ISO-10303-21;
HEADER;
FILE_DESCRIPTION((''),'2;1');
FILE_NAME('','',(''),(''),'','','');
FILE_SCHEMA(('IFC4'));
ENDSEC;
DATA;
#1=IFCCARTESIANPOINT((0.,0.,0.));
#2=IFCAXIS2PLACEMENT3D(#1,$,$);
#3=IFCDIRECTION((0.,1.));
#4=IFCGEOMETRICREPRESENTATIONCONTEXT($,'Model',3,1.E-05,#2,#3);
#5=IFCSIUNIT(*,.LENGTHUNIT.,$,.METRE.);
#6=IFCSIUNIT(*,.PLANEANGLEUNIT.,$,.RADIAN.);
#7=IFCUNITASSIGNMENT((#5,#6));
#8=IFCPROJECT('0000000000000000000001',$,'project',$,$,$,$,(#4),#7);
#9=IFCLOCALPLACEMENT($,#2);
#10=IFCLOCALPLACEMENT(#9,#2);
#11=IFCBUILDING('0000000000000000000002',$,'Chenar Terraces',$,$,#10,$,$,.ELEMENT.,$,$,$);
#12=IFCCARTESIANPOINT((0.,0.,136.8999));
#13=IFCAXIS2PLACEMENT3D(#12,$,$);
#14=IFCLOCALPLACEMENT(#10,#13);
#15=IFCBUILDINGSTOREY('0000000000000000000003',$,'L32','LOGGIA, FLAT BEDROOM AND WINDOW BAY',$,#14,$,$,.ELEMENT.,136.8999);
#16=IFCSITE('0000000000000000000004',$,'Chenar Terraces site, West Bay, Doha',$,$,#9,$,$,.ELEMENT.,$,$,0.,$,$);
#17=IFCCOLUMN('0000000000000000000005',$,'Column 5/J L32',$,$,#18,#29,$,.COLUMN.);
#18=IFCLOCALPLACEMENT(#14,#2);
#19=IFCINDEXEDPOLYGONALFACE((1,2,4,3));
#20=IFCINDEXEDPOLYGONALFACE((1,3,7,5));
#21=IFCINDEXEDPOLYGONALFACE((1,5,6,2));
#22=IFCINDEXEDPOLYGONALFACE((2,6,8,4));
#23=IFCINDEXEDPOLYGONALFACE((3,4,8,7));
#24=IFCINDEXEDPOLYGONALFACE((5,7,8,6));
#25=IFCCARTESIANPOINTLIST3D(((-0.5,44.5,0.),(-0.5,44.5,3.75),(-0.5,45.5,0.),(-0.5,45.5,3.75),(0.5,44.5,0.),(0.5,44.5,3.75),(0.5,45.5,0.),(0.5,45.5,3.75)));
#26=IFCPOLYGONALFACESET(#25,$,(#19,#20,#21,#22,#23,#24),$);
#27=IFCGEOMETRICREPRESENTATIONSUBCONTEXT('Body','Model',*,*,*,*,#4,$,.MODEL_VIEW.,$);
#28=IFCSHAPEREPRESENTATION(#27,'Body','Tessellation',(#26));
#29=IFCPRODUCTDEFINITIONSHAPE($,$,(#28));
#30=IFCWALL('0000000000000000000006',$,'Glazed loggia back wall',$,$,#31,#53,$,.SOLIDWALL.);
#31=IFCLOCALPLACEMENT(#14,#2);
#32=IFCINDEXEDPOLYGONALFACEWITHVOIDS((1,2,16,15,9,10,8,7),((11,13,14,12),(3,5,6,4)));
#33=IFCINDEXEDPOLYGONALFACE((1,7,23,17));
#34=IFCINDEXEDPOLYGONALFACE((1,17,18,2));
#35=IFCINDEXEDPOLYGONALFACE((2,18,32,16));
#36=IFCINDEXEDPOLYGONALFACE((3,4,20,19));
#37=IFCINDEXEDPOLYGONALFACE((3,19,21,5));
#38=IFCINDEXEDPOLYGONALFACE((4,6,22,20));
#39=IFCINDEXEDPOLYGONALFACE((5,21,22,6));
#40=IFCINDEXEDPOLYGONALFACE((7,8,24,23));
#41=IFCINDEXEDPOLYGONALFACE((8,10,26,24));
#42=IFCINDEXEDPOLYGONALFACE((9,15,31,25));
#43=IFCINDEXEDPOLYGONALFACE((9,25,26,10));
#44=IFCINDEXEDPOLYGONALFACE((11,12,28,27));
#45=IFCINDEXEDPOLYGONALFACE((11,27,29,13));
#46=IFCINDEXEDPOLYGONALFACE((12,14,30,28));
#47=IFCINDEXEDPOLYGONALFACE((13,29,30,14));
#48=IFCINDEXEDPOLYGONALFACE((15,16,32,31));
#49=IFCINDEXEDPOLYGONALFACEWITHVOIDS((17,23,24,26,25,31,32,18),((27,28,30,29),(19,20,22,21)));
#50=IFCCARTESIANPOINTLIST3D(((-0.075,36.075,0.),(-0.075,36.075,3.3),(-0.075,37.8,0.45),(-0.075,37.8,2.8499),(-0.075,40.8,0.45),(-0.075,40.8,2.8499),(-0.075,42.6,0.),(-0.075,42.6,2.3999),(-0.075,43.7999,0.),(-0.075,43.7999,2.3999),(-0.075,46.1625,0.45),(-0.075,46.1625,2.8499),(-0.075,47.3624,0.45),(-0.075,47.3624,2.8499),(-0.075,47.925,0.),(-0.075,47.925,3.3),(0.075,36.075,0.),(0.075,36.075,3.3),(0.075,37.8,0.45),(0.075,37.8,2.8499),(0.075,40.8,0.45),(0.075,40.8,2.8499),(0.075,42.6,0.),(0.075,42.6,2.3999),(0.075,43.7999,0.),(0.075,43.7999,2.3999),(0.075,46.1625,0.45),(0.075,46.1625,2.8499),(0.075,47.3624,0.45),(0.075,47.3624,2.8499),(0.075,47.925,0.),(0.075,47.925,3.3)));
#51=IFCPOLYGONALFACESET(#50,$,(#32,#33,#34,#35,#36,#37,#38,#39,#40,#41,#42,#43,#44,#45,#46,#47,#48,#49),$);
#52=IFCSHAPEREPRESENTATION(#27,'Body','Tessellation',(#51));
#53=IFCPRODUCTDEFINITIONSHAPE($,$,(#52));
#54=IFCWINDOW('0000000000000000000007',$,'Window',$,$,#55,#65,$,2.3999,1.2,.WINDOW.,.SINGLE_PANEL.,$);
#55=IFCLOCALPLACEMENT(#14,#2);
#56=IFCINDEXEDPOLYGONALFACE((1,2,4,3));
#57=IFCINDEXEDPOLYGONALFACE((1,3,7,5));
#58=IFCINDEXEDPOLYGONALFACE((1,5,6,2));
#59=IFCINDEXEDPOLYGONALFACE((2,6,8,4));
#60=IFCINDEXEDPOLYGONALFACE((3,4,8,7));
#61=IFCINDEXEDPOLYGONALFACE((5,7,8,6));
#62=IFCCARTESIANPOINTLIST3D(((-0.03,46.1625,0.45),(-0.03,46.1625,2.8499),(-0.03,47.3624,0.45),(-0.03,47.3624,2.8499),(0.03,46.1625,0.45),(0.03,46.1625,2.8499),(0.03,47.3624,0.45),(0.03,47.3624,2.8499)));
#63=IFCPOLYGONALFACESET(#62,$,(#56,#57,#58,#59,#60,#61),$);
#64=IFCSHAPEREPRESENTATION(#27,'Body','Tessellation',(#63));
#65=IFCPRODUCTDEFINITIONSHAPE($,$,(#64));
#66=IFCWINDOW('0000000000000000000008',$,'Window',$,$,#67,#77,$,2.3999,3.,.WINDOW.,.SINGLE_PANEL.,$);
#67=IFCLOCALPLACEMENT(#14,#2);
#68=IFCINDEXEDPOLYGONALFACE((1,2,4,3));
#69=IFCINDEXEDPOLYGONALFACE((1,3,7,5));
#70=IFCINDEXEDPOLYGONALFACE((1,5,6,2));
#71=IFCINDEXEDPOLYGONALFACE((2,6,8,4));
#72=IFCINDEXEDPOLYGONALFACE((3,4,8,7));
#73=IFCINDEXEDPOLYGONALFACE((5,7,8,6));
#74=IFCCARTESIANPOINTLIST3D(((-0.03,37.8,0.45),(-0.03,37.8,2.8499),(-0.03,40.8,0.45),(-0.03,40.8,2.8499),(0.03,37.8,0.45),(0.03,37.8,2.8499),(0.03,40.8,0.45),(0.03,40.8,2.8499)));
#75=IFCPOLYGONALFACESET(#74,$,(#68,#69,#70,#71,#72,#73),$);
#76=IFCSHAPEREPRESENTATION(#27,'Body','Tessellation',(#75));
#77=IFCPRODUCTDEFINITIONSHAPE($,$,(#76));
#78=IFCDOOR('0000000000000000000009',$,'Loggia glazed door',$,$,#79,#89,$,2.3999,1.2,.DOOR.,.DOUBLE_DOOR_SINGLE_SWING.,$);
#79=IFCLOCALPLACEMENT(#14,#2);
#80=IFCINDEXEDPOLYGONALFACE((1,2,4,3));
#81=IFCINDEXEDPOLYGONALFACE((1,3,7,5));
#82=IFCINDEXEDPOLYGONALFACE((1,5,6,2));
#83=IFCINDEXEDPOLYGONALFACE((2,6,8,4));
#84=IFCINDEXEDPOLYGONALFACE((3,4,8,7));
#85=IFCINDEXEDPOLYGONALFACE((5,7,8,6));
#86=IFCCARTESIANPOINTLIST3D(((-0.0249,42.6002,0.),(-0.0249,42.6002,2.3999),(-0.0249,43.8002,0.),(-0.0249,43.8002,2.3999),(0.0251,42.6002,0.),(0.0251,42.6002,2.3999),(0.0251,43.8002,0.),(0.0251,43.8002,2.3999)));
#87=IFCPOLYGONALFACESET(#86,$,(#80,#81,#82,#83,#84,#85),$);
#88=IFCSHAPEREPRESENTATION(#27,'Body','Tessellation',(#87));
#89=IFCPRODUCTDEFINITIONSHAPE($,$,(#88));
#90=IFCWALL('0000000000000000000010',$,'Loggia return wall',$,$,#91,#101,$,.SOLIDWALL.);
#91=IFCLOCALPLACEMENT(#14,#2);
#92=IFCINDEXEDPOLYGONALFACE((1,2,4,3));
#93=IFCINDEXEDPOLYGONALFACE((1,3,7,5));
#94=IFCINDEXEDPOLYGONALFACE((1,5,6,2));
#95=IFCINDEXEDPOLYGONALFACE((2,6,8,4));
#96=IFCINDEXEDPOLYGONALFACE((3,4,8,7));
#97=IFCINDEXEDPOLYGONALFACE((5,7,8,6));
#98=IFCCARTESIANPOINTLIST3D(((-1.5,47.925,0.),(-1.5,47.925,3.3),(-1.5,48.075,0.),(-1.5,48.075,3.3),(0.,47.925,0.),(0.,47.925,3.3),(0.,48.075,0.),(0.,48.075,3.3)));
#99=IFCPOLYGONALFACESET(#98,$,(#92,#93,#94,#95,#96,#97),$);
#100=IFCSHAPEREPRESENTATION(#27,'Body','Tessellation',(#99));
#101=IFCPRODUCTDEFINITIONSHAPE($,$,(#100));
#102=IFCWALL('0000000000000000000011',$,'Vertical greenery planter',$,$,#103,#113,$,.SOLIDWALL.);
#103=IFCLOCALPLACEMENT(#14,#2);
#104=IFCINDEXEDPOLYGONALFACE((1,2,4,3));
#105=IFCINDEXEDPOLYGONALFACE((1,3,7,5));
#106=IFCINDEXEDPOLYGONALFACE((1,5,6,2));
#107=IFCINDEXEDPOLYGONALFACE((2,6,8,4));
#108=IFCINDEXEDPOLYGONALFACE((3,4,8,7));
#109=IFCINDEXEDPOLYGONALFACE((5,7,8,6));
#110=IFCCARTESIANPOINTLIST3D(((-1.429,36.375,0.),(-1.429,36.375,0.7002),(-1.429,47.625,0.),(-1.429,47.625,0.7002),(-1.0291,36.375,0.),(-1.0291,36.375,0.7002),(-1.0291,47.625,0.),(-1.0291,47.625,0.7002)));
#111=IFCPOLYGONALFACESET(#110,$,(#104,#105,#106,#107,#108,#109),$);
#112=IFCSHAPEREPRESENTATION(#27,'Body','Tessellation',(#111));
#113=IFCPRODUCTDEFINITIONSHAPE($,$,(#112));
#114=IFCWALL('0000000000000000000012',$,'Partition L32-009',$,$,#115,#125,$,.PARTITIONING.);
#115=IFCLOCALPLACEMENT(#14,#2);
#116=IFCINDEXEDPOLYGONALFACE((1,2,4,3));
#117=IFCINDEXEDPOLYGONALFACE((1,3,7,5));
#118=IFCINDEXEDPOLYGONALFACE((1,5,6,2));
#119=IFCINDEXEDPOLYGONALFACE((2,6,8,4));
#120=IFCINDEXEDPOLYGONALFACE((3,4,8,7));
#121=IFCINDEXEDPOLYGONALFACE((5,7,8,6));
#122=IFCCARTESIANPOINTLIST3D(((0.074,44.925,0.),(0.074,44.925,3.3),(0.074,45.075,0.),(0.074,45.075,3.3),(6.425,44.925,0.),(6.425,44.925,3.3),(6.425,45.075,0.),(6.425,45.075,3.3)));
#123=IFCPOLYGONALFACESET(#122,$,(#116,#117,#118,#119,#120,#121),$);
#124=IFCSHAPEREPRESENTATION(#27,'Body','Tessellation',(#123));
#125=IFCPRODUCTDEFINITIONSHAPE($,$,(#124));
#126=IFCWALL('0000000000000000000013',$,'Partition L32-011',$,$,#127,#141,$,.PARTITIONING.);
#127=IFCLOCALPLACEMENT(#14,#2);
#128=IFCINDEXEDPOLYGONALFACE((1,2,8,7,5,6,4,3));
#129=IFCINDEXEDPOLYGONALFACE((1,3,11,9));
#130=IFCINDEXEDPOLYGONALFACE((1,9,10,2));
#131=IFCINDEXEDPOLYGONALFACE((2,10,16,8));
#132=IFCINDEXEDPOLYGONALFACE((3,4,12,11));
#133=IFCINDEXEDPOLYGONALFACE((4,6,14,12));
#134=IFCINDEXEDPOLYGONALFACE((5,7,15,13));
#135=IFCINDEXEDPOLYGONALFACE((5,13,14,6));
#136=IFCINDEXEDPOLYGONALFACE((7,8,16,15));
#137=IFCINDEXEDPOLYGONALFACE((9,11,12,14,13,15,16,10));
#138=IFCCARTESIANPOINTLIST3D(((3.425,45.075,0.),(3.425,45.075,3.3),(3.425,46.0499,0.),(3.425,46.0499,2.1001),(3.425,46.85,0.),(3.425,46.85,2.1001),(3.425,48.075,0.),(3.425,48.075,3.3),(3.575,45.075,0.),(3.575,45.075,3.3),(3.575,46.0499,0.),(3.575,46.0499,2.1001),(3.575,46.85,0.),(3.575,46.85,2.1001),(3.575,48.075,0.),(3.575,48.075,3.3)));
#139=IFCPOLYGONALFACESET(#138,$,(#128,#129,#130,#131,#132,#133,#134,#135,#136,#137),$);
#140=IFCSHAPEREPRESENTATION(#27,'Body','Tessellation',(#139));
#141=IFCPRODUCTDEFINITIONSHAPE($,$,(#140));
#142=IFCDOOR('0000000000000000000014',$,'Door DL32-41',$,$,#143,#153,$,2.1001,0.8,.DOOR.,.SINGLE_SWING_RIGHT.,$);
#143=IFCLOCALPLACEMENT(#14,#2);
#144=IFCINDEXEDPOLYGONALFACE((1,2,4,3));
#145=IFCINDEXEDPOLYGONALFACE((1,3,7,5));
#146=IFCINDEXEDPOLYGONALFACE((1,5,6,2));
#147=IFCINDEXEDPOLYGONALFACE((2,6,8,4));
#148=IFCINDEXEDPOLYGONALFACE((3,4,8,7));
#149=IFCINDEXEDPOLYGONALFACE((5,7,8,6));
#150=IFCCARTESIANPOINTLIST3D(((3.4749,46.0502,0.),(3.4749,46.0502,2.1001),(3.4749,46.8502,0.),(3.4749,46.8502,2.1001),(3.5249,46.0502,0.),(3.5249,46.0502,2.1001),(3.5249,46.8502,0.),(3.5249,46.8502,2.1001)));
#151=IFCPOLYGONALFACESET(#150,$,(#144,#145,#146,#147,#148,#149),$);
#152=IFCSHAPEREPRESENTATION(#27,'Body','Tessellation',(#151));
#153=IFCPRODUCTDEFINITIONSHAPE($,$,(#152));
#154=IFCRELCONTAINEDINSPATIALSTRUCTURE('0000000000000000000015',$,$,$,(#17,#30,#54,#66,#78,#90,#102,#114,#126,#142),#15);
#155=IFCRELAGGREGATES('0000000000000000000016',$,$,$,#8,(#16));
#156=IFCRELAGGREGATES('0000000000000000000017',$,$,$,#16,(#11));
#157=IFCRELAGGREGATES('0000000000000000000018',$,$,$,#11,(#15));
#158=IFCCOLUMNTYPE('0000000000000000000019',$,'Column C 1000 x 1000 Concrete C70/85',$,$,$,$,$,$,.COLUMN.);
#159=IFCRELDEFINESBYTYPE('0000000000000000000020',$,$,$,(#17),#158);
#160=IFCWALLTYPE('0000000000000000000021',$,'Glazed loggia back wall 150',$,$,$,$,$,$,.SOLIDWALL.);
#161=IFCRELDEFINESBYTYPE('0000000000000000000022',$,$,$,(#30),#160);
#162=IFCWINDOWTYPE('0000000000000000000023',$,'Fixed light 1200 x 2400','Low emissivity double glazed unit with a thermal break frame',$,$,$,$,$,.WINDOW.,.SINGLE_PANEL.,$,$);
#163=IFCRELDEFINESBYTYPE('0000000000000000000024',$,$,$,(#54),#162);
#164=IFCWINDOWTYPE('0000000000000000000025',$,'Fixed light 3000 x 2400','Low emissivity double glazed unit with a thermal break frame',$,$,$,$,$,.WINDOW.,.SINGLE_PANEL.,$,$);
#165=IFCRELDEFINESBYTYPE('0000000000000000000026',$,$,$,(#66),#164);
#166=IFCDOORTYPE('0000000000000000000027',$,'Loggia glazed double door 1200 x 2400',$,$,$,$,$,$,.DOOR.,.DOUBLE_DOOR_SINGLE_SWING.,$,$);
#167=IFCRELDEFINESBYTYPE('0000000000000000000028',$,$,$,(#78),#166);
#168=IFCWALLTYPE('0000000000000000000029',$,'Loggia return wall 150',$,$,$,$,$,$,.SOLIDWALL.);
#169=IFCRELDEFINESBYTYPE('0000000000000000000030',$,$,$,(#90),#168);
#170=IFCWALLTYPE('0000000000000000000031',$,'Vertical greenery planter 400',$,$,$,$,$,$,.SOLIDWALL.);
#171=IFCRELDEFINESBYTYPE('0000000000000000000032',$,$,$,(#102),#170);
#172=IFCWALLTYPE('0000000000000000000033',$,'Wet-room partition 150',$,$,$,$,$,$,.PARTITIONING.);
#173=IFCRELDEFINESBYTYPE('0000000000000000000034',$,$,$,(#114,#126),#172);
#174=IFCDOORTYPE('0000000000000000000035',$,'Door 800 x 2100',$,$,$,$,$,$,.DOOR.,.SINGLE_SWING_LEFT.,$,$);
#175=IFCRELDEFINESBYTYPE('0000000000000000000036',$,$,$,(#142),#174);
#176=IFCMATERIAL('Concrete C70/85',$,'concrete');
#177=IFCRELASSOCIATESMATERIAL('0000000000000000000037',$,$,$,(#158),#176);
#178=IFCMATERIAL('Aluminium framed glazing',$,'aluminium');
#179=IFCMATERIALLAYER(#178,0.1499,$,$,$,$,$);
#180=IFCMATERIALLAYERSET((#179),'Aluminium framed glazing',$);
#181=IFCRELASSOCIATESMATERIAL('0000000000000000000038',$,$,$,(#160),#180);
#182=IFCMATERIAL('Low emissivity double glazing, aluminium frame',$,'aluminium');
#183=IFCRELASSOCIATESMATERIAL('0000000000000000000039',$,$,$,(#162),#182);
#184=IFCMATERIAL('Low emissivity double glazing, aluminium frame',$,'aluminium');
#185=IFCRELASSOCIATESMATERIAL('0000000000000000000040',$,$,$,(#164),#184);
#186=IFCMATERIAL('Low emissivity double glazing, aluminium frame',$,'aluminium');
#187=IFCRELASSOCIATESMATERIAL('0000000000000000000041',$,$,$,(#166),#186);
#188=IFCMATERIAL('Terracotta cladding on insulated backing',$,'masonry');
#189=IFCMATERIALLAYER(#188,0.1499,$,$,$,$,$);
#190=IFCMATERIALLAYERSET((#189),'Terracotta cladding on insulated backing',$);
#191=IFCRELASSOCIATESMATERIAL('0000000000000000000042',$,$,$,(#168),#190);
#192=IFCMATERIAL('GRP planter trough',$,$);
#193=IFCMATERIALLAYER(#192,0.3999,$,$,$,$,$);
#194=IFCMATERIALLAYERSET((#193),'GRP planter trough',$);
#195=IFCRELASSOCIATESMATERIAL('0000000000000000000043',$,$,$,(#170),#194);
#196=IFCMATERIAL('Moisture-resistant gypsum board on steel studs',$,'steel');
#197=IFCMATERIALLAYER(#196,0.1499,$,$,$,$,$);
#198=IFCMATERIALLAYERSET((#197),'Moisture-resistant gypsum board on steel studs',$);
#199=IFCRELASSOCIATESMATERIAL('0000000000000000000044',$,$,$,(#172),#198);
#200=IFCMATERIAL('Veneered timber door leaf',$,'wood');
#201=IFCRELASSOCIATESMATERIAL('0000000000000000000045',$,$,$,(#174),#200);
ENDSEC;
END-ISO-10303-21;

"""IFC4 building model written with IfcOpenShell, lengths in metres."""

from ifc_helpers import new_model, si_unit, direction, frame, frame_2d, origin, origin_2d, place, context, subcontext, project, spatial, rectangle, extrude, material, layer, layer_set, material_profile, profile_set, type_object, element, fill, save


model = new_model("IFC4")

# Units and contexts
model_context = context("Model", 3, precision=1e-05, world=origin(), true_north=direction((0.0, 1.0)))
body_context = subcontext(model_context, "Body", "Model", "MODEL_VIEW")
ifc_project = project(units=[si_unit("LENGTHUNIT", "METRE"), si_unit("PLANEANGLEUNIT", "RADIAN")], contexts=[model_context])

# Site, building, storey
site_placement = place(None, origin())
site = spatial("IfcSite", under=ifc_project, at=site_placement, Name="Chenar Terraces site, West Bay, Doha", CompositionType="ELEMENT", RefElevation=0.0)
building_placement = place(site_placement, origin())
building = spatial("IfcBuilding", under=site, at=building_placement, Name="Chenar Terraces", CompositionType="ELEMENT")
storey_placement = place(building_placement, frame((0.0, 0.0, 136.8999)))
storey = spatial("IfcBuildingStorey", under=building, at=storey_placement, Name="L32", Description="LOGGIA, FLAT BEDROOM AND WINDOW BAY", CompositionType="ELEMENT", Elevation=136.8999)

# Column
ifc_material_1 = material(Name="Concrete C70/85", Category="concrete")
ifc_material_profile = material_profile(ifc_material_1, rectangle(XDim=1.0, YDim=1.0, at=origin_2d()), Name="C 1000 x 1000")
ifc_profile_set = profile_set([ifc_material_profile], Name="Concrete C70/85")
column_type = type_object("IfcColumnType", Name="Column C 1000 x 1000 Concrete C70/85", PredefinedType="COLUMN", material=ifc_profile_set)
column_placement = place(storey_placement, frame((0.0, 45.0, 0.0), z_axis=(0.0, 0.0, 1.0), x_axis=(1.0, 0.0, 0.0)))
element("IfcColumn", 1, at=column_placement, inside=storey, type_object=column_type, Name="Column 5/J L32", PredefinedType="COLUMN", context=body_context, shape_type="SweptSolid", body=[
    extrude(rectangle(XDim=1.0, YDim=1.0, at=origin_2d()), origin(), (0.0, 0.0, 1.0), 3.75),
])

# Wall, openings, windows, door
ifc_material_2 = material(Name="Aluminium framed glazing", Category="aluminium")
ifc_layer_1 = layer(ifc_material_2, 0.1499)
ifc_layer_set_1 = layer_set([ifc_layer_1], Name="Aluminium framed glazing")
wall_type_1 = type_object("IfcWallType", Name="Glazed loggia back wall 150", PredefinedType="SOLIDWALL", material=ifc_layer_set_1)
wall_1_placement = place(storey_placement, frame((0.0, 47.925, 0.0), z_axis=(0.0, 0.0, 1.0), x_axis=(0.0, -1.0, 0.0)))
wall_1 = element("IfcWall", 2, at=wall_1_placement, inside=storey, type_object=wall_type_1, Name="Glazed loggia back wall", PredefinedType="SOLIDWALL", context=body_context, shape_type="SweptSolid", body=[
    extrude(rectangle(XDim=11.8501, YDim=0.1499, at=frame_2d((5.925, 0.0))), origin(), (0.0, 0.0, 1.0), 3.3),
])
opening_1_placement = place(wall_1_placement, frame((0.5625, 0.0, 0.45)))
opening_1 = element("IfcOpeningElement", 3, at=opening_1_placement, cuts=wall_1, PredefinedType="OPENING", context=body_context, shape_type="SweptSolid", body=[
    extrude(rectangle(XDim=1.2, YDim=2.3999, at=frame_2d((0.6001, 1.2))), frame((0.0, 0.085, 0.0), z_axis=(0.0, -1.0, 0.0), x_axis=(1.0, 0.0, 0.0)), (0.0, 0.0, 1.0), 0.1699),
])
opening_2_placement = place(wall_1_placement, frame((4.125, 0.0, 0.0)))
opening_2 = element("IfcOpeningElement", 4, at=opening_2_placement, cuts=wall_1, PredefinedType="OPENING", context=body_context, shape_type="SweptSolid", body=[
    extrude(rectangle(XDim=1.2, YDim=2.3999, at=frame_2d((0.6001, 1.2))), frame((0.0, 0.085, 0.0), z_axis=(0.0, -1.0, 0.0), x_axis=(1.0, 0.0, 0.0)), (0.0, 0.0, 1.0), 0.1699),
])
opening_3_placement = place(wall_1_placement, frame((7.125, 0.0, 0.45)))
opening_3 = element("IfcOpeningElement", 5, at=opening_3_placement, cuts=wall_1, PredefinedType="OPENING", context=body_context, shape_type="SweptSolid", body=[
    extrude(rectangle(XDim=3.0, YDim=2.3999, at=frame_2d((1.5, 1.2))), frame((0.0, 0.085, 0.0), z_axis=(0.0, -1.0, 0.0), x_axis=(1.0, 0.0, 0.0)), (0.0, 0.0, 1.0), 0.1699),
])
ifc_material_3 = material(Name="Low emissivity double glazing, aluminium frame", Category="aluminium")
window_type_1 = type_object("IfcWindowType", Name="Fixed light 1200 x 2400", Description="Low emissivity double glazed unit with a thermal break frame", PartitioningType="SINGLE_PANEL", PredefinedType="WINDOW", material=ifc_material_3)
window_1_placement = place(opening_1_placement, origin())
window_1 = element("IfcWindow", 6, at=window_1_placement, inside=storey, type_object=window_type_1, Name="Window", OverallHeight=2.3999, OverallWidth=1.2, PartitioningType="SINGLE_PANEL", PredefinedType="WINDOW", context=body_context, shape_type="SweptSolid", body=[
    extrude(rectangle(XDim=1.2, YDim=2.3999, at=frame_2d((0.6001, 1.2))), frame((0.0, 0.03, 0.0), z_axis=(0.0, -1.0, 0.0), x_axis=(1.0, 0.0, 0.0)), (0.0, 0.0, 1.0), 0.0601),
])
fill(opening_1, window_1)
ifc_material_4 = material(Name="Low emissivity double glazing, aluminium frame", Category="aluminium")
window_type_2 = type_object("IfcWindowType", Name="Fixed light 3000 x 2400", Description="Low emissivity double glazed unit with a thermal break frame", PartitioningType="SINGLE_PANEL", PredefinedType="WINDOW", material=ifc_material_4)
window_2_placement = place(opening_3_placement, origin())
window_2 = element("IfcWindow", 7, at=window_2_placement, inside=storey, type_object=window_type_2, Name="Window", OverallHeight=2.3999, OverallWidth=3.0, PartitioningType="SINGLE_PANEL", PredefinedType="WINDOW", context=body_context, shape_type="SweptSolid", body=[
    extrude(rectangle(XDim=3.0, YDim=2.3999, at=frame_2d((1.5, 1.2))), frame((0.0, 0.03, 0.0), z_axis=(0.0, -1.0, 0.0), x_axis=(1.0, 0.0, 0.0)), (0.0, 0.0, 1.0), 0.0601),
])
fill(opening_3, window_2)
ifc_material_5 = material(Name="Low emissivity double glazing, aluminium frame", Category="aluminium")
door_type_1 = type_object("IfcDoorType", Name="Loggia glazed double door 1200 x 2400", OperationType="DOUBLE_DOOR_SINGLE_SWING", PredefinedType="DOOR", material=ifc_material_5)
door_1_placement = place(opening_2_placement, frame((1.2, 0.0, 0.0), z_axis=(0.0, 0.0, 1.0), x_axis=(-1.0, 0.0, 0.0)))
door_1 = element("IfcDoor", 8, at=door_1_placement, inside=storey, type_object=door_type_1, Name="Loggia glazed door", OperationType="DOUBLE_DOOR_SINGLE_SWING", OverallHeight=2.3999, OverallWidth=1.2, PredefinedType="DOOR", context=body_context, shape_type="SweptSolid", body=[
    extrude(rectangle(XDim=1.2, YDim=2.3999, at=frame_2d((0.6001, 1.2))), frame((0.0, 0.0249, 0.0), z_axis=(0.0, -1.0, 0.0), x_axis=(1.0, 0.0, 0.0)), (0.0, 0.0, 1.0), 0.05),
])
fill(opening_2, door_1)

# Walls
ifc_material_6 = material(Name="Terracotta cladding on insulated backing", Category="masonry")
ifc_layer_2 = layer(ifc_material_6, 0.1499)
ifc_layer_set_2 = layer_set([ifc_layer_2], Name="Terracotta cladding on insulated backing")
wall_type_2 = type_object("IfcWallType", Name="Loggia return wall 150", PredefinedType="SOLIDWALL", material=ifc_layer_set_2)
wall_2_placement = place(storey_placement, frame((-1.5, 48.0, 0.0), z_axis=(0.0, 0.0, 1.0), x_axis=(1.0, 0.0, 0.0)))
element("IfcWall", 9, at=wall_2_placement, inside=storey, type_object=wall_type_2, Name="Loggia return wall", PredefinedType="SOLIDWALL", context=body_context, shape_type="SweptSolid", body=[
    extrude(rectangle(XDim=1.5, YDim=0.1499, at=frame_2d((0.75, 0.0))), origin(), (0.0, 0.0, 1.0), 3.3),
])
ifc_material_7 = material(Name="GRP planter trough")
ifc_layer_3 = layer(ifc_material_7, 0.3999)
ifc_layer_set_3 = layer_set([ifc_layer_3], Name="GRP planter trough")
wall_type_3 = type_object("IfcWallType", Name="Vertical greenery planter 400", PredefinedType="SOLIDWALL", material=ifc_layer_set_3)
wall_3_placement = place(storey_placement, frame((-1.229, 47.625, 0.0), z_axis=(0.0, 0.0, 1.0), x_axis=(0.0, -1.0, 0.0)))
element("IfcWall", 10, at=wall_3_placement, inside=storey, type_object=wall_type_3, Name="Vertical greenery planter", PredefinedType="SOLIDWALL", context=body_context, shape_type="SweptSolid", body=[
    extrude(rectangle(XDim=11.25, YDim=0.3999, at=frame_2d((5.625, 0.0))), origin(), (0.0, 0.0, 1.0), 0.7002),
])
ifc_material_8 = material(Name="Moisture-resistant gypsum board on steel studs", Category="steel")
ifc_layer_4 = layer(ifc_material_8, 0.1499)
ifc_layer_set_4 = layer_set([ifc_layer_4], Name="Moisture-resistant gypsum board on steel studs")
wall_type_4 = type_object("IfcWallType", Name="Wet-room partition 150", PredefinedType="PARTITIONING", material=ifc_layer_set_4)
wall_4_placement = place(storey_placement, frame((0.074, 45.0, 0.0), z_axis=(0.0, 0.0, 1.0), x_axis=(1.0, 0.0, 0.0)))
element("IfcWall", 11, at=wall_4_placement, inside=storey, type_object=wall_type_4, Name="Partition L32-009", PredefinedType="PARTITIONING", context=body_context, shape_type="SweptSolid", body=[
    extrude(rectangle(XDim=6.3511, YDim=0.1499, at=frame_2d((3.1755, 0.0))), origin(), (0.0, 0.0, 1.0), 3.3),
])

# Wall, opening, door
wall_5_placement = place(storey_placement, frame((3.5, 45.075, 0.0), z_axis=(0.0, 0.0, 1.0), x_axis=(0.0, 1.0, 0.0)))
wall_5 = element("IfcWall", 12, at=wall_5_placement, inside=storey, type_object=wall_type_4, Name="Partition L32-011", PredefinedType="PARTITIONING", context=body_context, shape_type="SweptSolid", body=[
    extrude(rectangle(XDim=3.0, YDim=0.1499, at=frame_2d((1.5, 0.0))), origin(), (0.0, 0.0, 1.0), 3.3),
])
opening_4_placement = place(wall_5_placement, frame((0.9751, 0.0, 0.0)))
opening_4 = element("IfcOpeningElement", 13, at=opening_4_placement, cuts=wall_5, PredefinedType="OPENING", context=body_context, shape_type="SweptSolid", body=[
    extrude(rectangle(XDim=0.8, YDim=2.1001, at=frame_2d((0.3999, 1.05))), frame((0.0, 0.085, 0.0), z_axis=(0.0, -1.0, 0.0), x_axis=(1.0, 0.0, 0.0)), (0.0, 0.0, 1.0), 0.1699),
])
ifc_material_9 = material(Name="Veneered timber door leaf", Category="wood")
door_type_2 = type_object("IfcDoorType", Name="Door 800 x 2100", OperationType="SINGLE_SWING_LEFT", PredefinedType="DOOR", material=ifc_material_9)
door_2_placement = place(opening_4_placement, frame((0.8, 0.0, 0.0), z_axis=(0.0, 0.0, 1.0), x_axis=(-1.0, 0.0, 0.0)))
door_2 = element("IfcDoor", 14, at=door_2_placement, inside=storey, type_object=door_type_2, Name="Door DL32-41", OperationType="SINGLE_SWING_RIGHT", OverallHeight=2.1001, OverallWidth=0.8, PredefinedType="DOOR", context=body_context, shape_type="SweptSolid", body=[
    extrude(rectangle(XDim=0.8, YDim=2.1001, at=frame_2d((0.3999, 1.05))), frame((0.0, 0.0249, 0.0), z_axis=(0.0, -1.0, 0.0), x_axis=(1.0, 0.0, 0.0)), (0.0, 0.0, 1.0), 0.05),
])
fill(opening_4, door_2)

save(model, "model.ifc")
